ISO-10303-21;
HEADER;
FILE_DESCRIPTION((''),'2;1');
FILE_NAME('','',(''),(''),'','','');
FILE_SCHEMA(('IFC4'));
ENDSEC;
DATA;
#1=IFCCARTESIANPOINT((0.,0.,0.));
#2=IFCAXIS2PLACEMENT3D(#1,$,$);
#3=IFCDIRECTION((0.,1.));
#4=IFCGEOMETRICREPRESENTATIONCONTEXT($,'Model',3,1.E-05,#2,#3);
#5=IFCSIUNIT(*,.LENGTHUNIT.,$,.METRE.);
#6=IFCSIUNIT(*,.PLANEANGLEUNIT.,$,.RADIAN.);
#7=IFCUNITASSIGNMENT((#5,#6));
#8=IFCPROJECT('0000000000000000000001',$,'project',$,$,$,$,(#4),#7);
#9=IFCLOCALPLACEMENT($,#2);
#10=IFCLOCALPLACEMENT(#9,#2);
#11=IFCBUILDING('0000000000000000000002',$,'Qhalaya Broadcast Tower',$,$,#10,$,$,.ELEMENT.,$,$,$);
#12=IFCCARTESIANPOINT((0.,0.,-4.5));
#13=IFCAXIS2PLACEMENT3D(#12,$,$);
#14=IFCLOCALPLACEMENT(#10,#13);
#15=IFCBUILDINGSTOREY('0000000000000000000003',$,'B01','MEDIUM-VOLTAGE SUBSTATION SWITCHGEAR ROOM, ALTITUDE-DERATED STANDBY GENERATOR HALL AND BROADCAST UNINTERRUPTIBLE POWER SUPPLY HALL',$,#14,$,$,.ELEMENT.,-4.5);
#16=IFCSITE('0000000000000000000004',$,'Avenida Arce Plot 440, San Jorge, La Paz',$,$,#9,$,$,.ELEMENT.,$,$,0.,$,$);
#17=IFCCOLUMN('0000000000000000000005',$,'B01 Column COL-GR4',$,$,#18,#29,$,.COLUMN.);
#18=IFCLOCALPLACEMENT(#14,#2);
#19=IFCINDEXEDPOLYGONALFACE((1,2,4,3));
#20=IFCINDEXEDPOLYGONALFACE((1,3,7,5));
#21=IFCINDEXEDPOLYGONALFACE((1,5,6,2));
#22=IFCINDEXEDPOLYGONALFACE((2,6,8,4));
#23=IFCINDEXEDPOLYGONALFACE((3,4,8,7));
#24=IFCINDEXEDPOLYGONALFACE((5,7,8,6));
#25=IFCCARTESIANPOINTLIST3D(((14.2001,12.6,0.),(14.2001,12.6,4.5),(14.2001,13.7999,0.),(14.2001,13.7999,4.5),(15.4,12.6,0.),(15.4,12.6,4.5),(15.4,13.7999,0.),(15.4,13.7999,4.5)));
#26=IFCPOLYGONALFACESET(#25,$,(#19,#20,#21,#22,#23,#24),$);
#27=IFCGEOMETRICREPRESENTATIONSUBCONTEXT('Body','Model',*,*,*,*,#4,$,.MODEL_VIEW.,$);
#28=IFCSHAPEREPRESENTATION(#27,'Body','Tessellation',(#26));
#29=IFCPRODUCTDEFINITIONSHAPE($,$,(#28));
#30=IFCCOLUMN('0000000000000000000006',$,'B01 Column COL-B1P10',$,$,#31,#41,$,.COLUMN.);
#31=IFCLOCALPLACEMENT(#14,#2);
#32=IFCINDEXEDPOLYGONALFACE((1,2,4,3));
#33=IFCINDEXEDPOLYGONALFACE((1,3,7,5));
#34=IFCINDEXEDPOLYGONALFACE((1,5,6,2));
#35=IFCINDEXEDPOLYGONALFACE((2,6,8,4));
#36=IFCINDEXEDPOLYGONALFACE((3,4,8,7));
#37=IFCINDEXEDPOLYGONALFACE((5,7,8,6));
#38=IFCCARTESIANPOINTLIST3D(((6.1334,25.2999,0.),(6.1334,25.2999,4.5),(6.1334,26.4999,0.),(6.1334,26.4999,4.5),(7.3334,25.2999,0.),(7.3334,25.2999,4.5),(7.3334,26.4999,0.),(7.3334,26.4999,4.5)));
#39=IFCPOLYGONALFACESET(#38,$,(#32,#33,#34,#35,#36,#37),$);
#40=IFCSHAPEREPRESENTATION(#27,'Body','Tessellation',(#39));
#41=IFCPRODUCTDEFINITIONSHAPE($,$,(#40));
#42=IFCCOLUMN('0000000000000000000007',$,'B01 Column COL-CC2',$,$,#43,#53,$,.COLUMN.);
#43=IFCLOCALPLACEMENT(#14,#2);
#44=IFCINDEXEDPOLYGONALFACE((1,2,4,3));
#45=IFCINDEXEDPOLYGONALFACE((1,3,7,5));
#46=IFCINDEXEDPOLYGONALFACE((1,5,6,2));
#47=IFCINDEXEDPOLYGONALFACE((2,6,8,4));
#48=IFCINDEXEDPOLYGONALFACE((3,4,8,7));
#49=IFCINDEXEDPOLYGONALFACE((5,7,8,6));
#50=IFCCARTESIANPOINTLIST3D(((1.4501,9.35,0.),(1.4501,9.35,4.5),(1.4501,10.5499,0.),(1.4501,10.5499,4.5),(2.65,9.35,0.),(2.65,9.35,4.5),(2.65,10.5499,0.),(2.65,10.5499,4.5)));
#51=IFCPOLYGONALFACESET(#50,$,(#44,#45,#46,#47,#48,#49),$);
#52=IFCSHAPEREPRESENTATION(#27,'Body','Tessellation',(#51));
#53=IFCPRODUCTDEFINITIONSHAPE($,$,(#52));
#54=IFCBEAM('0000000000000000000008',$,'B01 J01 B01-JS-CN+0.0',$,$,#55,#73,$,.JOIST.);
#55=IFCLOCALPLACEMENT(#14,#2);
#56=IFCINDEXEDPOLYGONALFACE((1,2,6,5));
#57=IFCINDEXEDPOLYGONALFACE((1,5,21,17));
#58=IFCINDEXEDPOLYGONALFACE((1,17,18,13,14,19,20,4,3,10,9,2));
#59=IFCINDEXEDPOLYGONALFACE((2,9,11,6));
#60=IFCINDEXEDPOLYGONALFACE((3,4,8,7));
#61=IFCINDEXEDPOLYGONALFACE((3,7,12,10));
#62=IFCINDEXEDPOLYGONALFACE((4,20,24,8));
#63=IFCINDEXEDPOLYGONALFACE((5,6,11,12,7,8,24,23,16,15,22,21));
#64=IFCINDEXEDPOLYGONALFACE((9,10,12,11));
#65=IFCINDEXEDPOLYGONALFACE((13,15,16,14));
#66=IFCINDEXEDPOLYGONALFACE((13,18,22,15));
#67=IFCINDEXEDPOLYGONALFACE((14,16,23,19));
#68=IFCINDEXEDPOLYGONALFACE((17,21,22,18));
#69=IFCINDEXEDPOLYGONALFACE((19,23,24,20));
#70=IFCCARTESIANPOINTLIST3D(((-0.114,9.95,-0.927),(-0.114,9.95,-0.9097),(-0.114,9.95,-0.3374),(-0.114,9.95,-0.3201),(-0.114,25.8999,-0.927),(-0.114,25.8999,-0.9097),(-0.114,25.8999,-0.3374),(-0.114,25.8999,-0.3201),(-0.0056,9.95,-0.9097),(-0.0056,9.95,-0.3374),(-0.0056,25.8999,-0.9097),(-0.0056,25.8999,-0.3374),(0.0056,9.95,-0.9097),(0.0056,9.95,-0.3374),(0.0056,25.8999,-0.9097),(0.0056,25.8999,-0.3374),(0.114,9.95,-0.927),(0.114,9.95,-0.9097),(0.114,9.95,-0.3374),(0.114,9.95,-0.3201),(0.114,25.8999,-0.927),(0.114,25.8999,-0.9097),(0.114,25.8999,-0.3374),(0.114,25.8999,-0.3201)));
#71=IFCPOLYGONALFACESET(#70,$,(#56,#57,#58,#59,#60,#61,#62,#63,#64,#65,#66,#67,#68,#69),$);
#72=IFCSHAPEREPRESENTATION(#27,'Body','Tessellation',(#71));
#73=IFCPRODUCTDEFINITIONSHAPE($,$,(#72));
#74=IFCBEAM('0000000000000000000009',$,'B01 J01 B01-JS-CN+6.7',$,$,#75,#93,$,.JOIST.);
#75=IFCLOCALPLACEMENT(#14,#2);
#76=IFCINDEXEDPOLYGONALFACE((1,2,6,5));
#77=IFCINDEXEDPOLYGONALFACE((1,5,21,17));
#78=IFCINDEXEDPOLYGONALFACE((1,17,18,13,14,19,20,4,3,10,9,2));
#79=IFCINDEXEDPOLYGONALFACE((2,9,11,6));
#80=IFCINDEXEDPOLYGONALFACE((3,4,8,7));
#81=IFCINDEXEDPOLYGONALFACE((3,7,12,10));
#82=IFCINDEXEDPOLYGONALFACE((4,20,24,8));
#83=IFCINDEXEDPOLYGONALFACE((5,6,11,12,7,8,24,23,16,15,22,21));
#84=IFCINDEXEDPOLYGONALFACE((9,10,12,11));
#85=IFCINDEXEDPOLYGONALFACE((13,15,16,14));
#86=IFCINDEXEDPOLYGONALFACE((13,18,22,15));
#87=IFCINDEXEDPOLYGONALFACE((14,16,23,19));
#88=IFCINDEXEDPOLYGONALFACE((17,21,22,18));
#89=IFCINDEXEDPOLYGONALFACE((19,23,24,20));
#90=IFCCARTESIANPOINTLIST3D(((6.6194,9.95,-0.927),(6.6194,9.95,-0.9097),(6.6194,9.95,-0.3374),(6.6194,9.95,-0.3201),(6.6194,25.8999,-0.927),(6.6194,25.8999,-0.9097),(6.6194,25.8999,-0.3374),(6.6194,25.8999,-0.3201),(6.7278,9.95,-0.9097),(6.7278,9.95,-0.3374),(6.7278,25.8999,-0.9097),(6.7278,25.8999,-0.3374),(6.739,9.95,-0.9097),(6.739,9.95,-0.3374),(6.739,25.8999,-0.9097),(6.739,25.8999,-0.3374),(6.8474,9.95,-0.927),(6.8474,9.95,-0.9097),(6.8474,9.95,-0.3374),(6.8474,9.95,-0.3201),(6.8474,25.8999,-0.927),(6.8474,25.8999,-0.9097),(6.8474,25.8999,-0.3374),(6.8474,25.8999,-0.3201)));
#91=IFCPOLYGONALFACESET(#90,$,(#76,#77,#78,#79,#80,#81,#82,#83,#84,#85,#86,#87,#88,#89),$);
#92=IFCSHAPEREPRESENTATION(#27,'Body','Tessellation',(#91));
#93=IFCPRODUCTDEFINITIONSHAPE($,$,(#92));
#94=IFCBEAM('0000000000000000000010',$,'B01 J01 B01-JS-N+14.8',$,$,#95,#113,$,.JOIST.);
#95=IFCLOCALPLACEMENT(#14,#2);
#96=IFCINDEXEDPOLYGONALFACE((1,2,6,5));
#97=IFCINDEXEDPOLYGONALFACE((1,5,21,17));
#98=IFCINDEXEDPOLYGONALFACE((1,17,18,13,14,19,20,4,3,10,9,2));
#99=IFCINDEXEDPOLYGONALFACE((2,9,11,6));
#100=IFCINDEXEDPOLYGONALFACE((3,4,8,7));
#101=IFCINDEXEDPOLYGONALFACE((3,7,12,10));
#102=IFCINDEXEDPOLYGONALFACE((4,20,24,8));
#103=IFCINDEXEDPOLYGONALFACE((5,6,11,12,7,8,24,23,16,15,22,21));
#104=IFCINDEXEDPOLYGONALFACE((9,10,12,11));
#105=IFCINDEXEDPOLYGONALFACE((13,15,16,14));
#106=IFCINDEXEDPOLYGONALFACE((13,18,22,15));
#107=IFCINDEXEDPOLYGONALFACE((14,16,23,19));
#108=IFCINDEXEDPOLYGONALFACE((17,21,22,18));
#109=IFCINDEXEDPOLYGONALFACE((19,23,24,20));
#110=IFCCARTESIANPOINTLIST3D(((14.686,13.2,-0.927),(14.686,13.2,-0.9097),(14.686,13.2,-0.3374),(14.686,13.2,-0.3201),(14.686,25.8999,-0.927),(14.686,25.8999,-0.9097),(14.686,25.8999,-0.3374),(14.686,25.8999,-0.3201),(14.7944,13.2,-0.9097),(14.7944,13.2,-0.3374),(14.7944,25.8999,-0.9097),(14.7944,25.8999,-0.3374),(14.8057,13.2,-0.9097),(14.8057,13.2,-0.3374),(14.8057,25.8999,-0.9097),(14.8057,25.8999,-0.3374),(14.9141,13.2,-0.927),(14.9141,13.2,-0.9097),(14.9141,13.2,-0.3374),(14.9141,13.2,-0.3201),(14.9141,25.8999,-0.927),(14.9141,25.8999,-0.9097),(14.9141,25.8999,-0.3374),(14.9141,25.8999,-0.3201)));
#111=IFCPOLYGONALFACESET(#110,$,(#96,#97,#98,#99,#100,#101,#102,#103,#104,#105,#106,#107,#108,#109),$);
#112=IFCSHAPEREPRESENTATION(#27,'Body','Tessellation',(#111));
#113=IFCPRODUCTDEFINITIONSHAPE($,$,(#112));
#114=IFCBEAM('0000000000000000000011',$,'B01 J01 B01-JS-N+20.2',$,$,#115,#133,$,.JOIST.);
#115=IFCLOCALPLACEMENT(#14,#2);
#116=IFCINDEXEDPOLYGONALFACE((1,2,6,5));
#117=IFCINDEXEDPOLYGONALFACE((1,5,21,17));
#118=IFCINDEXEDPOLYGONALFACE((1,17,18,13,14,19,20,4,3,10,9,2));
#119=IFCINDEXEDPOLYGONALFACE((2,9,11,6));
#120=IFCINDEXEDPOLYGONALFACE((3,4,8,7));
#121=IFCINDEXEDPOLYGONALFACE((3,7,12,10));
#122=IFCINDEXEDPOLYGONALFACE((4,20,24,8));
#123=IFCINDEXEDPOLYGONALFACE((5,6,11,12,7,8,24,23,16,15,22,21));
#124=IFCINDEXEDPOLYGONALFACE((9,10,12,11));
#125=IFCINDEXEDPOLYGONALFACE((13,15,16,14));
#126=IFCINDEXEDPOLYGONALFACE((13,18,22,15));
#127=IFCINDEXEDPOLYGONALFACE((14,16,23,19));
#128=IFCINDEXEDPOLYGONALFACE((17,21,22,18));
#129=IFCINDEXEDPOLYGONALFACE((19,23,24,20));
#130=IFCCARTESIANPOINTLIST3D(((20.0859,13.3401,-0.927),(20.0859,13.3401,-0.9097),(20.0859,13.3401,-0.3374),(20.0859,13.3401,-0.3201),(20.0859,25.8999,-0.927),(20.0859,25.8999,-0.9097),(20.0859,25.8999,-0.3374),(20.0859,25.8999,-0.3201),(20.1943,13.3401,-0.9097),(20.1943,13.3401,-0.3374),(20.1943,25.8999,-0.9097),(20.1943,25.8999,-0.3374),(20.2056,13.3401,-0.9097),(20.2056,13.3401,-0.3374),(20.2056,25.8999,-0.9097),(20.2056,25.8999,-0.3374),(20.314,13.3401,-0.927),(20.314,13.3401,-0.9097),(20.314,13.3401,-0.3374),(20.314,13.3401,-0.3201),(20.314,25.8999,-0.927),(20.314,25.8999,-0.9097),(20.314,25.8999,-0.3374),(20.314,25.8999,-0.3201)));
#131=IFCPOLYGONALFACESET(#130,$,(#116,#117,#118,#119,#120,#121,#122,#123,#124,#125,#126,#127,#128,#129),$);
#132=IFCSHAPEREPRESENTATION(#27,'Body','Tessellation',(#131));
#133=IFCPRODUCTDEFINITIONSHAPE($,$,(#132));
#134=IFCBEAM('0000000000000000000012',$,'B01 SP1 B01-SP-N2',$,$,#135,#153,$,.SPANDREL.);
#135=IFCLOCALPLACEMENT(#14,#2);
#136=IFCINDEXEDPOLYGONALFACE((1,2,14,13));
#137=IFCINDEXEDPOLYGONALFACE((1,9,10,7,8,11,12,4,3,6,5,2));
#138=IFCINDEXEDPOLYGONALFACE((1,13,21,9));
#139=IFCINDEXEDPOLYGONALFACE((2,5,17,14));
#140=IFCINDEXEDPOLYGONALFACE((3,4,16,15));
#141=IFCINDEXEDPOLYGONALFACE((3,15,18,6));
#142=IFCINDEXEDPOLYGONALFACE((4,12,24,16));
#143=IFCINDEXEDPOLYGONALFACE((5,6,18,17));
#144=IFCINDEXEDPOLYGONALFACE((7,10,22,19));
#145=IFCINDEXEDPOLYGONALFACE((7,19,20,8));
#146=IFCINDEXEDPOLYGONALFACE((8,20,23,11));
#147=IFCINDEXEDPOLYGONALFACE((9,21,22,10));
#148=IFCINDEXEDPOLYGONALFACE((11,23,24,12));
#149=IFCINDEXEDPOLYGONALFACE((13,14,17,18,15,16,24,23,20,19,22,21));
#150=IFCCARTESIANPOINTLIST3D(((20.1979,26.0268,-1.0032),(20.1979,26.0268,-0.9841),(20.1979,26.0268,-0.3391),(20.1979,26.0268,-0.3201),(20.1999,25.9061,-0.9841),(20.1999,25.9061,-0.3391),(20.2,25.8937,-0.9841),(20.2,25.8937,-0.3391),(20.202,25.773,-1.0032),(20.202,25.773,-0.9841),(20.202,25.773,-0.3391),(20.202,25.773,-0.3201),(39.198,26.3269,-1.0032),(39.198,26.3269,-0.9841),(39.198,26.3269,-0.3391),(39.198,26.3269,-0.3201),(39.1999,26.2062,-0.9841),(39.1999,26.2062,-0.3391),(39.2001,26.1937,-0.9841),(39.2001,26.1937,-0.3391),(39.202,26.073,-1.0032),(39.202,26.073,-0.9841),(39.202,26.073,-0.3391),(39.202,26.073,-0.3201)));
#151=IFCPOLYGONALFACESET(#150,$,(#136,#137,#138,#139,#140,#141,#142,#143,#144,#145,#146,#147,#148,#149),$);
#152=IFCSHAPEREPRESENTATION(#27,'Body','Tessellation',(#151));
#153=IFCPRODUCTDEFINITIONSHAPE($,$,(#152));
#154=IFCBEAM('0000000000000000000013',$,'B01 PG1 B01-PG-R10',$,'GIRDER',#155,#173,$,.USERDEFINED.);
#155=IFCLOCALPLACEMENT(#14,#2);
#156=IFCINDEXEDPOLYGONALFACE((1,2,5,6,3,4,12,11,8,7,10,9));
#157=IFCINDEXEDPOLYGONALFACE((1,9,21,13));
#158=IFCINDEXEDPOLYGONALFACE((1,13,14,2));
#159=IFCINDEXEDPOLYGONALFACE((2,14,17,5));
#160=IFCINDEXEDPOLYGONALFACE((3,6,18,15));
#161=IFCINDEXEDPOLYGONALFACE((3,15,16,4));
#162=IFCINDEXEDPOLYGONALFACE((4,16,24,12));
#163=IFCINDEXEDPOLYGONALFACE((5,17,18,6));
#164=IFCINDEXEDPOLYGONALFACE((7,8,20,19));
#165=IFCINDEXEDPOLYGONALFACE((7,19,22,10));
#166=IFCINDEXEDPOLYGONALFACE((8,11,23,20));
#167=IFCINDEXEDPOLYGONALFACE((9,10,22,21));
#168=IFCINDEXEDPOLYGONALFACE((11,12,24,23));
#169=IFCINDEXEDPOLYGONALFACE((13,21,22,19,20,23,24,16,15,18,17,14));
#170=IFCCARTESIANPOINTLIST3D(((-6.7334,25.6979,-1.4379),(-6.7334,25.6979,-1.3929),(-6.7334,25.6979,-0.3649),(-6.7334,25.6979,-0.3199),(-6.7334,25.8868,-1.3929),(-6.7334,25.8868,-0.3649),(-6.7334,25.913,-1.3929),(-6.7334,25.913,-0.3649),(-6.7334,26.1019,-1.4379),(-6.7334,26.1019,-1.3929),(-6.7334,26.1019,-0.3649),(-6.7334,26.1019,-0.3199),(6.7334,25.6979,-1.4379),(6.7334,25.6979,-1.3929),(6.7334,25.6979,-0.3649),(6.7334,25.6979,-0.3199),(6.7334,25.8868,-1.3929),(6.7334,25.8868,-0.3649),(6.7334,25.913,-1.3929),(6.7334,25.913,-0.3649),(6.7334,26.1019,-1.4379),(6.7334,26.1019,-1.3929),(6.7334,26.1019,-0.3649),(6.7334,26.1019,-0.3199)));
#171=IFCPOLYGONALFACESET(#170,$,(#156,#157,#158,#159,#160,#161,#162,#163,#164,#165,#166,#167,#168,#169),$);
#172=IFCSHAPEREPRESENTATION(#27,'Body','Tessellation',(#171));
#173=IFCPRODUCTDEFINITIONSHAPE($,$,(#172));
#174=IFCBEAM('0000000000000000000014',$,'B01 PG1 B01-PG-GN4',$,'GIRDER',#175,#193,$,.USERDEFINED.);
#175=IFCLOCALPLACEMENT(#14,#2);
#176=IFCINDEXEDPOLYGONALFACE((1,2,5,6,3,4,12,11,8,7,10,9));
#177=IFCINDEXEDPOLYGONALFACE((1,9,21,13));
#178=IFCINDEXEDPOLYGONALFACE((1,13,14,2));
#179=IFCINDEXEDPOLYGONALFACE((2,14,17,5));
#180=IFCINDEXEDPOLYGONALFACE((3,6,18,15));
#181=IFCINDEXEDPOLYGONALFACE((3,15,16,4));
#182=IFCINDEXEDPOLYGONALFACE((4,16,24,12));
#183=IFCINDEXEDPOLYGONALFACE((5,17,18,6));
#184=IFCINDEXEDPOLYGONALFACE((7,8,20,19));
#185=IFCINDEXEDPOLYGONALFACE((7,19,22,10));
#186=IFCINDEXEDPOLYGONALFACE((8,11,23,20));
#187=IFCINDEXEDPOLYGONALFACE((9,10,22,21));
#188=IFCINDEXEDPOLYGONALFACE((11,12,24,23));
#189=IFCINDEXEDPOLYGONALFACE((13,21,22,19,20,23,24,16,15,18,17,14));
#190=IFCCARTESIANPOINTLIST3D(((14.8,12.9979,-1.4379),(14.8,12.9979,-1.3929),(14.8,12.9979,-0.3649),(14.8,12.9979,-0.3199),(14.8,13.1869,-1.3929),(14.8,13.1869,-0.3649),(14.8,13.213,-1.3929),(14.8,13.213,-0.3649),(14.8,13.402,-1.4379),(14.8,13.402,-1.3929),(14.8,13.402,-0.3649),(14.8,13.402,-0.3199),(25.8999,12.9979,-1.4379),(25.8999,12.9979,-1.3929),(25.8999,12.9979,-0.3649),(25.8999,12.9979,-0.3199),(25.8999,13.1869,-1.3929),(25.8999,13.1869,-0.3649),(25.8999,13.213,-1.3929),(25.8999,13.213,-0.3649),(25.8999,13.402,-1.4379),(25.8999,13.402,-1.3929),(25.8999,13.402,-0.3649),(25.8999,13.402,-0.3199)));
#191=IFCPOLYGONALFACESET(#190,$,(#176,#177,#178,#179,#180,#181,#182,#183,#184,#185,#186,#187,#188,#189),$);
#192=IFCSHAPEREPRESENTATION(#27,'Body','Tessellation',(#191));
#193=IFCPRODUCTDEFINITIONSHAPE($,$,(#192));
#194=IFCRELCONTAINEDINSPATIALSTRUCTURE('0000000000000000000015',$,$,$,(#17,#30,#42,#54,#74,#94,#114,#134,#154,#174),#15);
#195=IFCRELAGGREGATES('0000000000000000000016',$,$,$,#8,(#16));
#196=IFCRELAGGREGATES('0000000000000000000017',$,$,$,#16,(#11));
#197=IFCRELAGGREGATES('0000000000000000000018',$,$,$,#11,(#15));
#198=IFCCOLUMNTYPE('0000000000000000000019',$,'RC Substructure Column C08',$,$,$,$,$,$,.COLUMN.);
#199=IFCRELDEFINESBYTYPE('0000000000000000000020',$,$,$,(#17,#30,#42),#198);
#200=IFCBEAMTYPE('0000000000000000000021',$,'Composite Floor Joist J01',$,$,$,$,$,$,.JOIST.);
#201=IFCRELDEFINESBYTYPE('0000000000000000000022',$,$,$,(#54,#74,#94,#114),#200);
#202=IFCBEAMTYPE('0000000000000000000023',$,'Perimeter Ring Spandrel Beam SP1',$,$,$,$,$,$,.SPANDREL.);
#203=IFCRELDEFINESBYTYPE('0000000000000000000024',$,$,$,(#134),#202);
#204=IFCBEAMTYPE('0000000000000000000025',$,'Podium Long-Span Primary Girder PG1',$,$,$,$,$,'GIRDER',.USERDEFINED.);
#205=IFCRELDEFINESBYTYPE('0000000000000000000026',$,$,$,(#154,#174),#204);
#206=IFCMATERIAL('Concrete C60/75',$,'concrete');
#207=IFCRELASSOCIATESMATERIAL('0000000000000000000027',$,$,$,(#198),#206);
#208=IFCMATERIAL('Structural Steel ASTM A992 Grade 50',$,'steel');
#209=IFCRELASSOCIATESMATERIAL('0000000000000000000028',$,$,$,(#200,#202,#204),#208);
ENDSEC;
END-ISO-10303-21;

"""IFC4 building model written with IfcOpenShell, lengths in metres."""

from ifc_helpers import new_model, si_unit, direction, frame, origin, origin_2d, place, context, subcontext, project, spatial, rectangle, i_section, extrude, material, material_profile, profile_set, type_object, element, save


model = new_model("IFC4")

# Units and contexts
model_context = context("Model", 3, precision=1e-05, world=origin(), true_north=direction((0.0, 1.0)))
body_context = subcontext(model_context, "Body", "Model", "MODEL_VIEW")
ifc_project = project(units=[si_unit("LENGTHUNIT", "METRE"), si_unit("PLANEANGLEUNIT", "RADIAN")], contexts=[model_context])

# Site, building, storey
site_placement = place(None, origin())
site = spatial("IfcSite", under=ifc_project, at=site_placement, Name="Avenida Arce Plot 440, San Jorge, La Paz", CompositionType="ELEMENT", RefElevation=0.0)
building_placement = place(site_placement, origin())
building = spatial("IfcBuilding", under=site, at=building_placement, Name="Qhalaya Broadcast Tower", CompositionType="ELEMENT")
storey_placement = place(building_placement, frame((0.0, 0.0, -4.5)))
storey = spatial("IfcBuildingStorey", under=building, at=storey_placement, Name="B01", Description="MEDIUM-VOLTAGE SUBSTATION SWITCHGEAR ROOM, ALTITUDE-DERATED STANDBY GENERATOR HALL AND BROADCAST UNINTERRUPTIBLE POWER SUPPLY HALL", CompositionType="ELEMENT", Elevation=-4.5)

# Columns
ifc_material_1 = material(Name="Concrete C60/75", Category="concrete")
ifc_material_profile_1 = material_profile(ifc_material_1, rectangle(XDim=1.2, YDim=1.2, at=origin_2d()), Name="RC-COL 1200x1200")
ifc_profile_set_1 = profile_set([ifc_material_profile_1], Name="Concrete C60/75")
column_type = type_object("IfcColumnType", Name="RC Substructure Column C08", PredefinedType="COLUMN", material=ifc_profile_set_1)
for number, where, z_axis, x_axis, name in (
    (1, (14.8, 13.2, 0.0), (0.0, 0.0, 1.0), (1.0, 0.0, 0.0), "B01 Column COL-GR4"),
    (2, (6.7334, 25.8999, 0.0), (0.0, 0.0, 1.0), (1.0, 0.0, 0.0), "B01 Column COL-B1P10"),
    (3, (2.05, 9.95, 0.0), (0.0, 0.0, 1.0), (1.0, 0.0, 0.0), "B01 Column COL-CC2"),
):
    element("IfcColumn", number, at=place(storey_placement, frame(where, z_axis=z_axis, x_axis=x_axis)), inside=storey, type_object=column_type, Name=name, PredefinedType="COLUMN", context=body_context, shape_type="SweptSolid", body=[
        extrude(rectangle(XDim=1.2, YDim=1.2, at=origin_2d()), origin(), (0.0, 0.0, 1.0), 4.5),
    ])

# Beams
ifc_material_2 = material(Name="Structural Steel ASTM A992 Grade 50", Category="steel")
ifc_material_profile_2 = material_profile(ifc_material_2, i_section(OverallWidth=0.228, OverallDepth=0.6069, WebThickness=0.0112, FlangeThickness=0.0173, at=origin_2d()), Name="W24X76")
ifc_profile_set_2 = profile_set([ifc_material_profile_2], Name="Structural Steel ASTM A992 Grade 50")
beam_type_1 = type_object("IfcBeamType", Name="Composite Floor Joist J01", PredefinedType="JOIST", material=ifc_profile_set_2)
for number, where, z_axis, x_axis, name in (
    (4, (0.0, 9.95, -0.6235), (0.0, 1.0, 0.0), (-1.0, 0.0, 0.0), "B01 J01 B01-JS-CN+0.0"),
    (5, (6.7334, 9.95, -0.6235), (0.0, 1.0, 0.0), (-1.0, 0.0, 0.0), "B01 J01 B01-JS-CN+6.7"),
):
    element("IfcBeam", number, at=place(storey_placement, frame(where, z_axis=z_axis, x_axis=x_axis)), inside=storey, type_object=beam_type_1, Name=name, PredefinedType="JOIST", context=body_context, shape_type="SweptSolid", body=[
        extrude(i_section(OverallWidth=0.228, OverallDepth=0.6069, WebThickness=0.0112, FlangeThickness=0.0173, at=origin_2d()), origin(), (0.0, 0.0, 1.0), 15.95),
    ])
beam_1_placement = place(storey_placement, frame((14.8, 13.2, -0.6235), z_axis=(0.0, 1.0, 0.0), x_axis=(-1.0, 0.0, 0.0)))
element("IfcBeam", 6, at=beam_1_placement, inside=storey, type_object=beam_type_1, Name="B01 J01 B01-JS-N+14.8", PredefinedType="JOIST", context=body_context, shape_type="SweptSolid", body=[
    extrude(i_section(OverallWidth=0.228, OverallDepth=0.6069, WebThickness=0.0112, FlangeThickness=0.0173, at=origin_2d()), origin(), (0.0, 0.0, 1.0), 12.7),
])
beam_2_placement = place(storey_placement, frame((20.2, 13.3401, -0.6235), z_axis=(0.0, 1.0, 0.0), x_axis=(-1.0, 0.0, 0.0)))
element("IfcBeam", 7, at=beam_2_placement, inside=storey, type_object=beam_type_1, Name="B01 J01 B01-JS-N+20.2", PredefinedType="JOIST", context=body_context, shape_type="SweptSolid", body=[
    extrude(i_section(OverallWidth=0.228, OverallDepth=0.6069, WebThickness=0.0112, FlangeThickness=0.0173, at=origin_2d()), origin(), (0.0, 0.0, 1.0), 12.5598),
])
ifc_material_profile_3 = material_profile(ifc_material_2, i_section(OverallWidth=0.2539, OverallDepth=0.6831, WebThickness=0.0125, FlangeThickness=0.019, at=origin_2d()), Name="W27X94")
ifc_profile_set_3 = profile_set([ifc_material_profile_3], Name="Structural Steel ASTM A992 Grade 50")
beam_type_2 = type_object("IfcBeamType", Name="Perimeter Ring Spandrel Beam SP1", PredefinedType="SPANDREL", material=ifc_profile_set_3)
beam_3_placement = place(storey_placement, frame((20.2, 25.8999, -0.6616), z_axis=(0.999875, 0.01579, 0.0), x_axis=(-0.01579, 0.999875, 0.0)))
element("IfcBeam", 8, at=beam_3_placement, inside=storey, type_object=beam_type_2, Name="B01 SP1 B01-SP-N2", PredefinedType="SPANDREL", context=body_context, shape_type="SweptSolid", body=[
    extrude(i_section(OverallWidth=0.2539, OverallDepth=0.6831, WebThickness=0.0125, FlangeThickness=0.019, at=origin_2d()), origin(), (0.0, 0.0, 1.0), 19.0024),
])
ifc_material_profile_4 = material_profile(ifc_material_2, i_section(OverallWidth=0.4041, OverallDepth=1.1179, WebThickness=0.0261, FlangeThickness=0.0449, at=origin_2d()), Name="W44X335")
ifc_profile_set_4 = profile_set([ifc_material_profile_4], Name="Structural Steel ASTM A992 Grade 50")
beam_type_3 = type_object("IfcBeamType", Name="Podium Long-Span Primary Girder PG1", ElementType="GIRDER", PredefinedType="USERDEFINED", material=ifc_profile_set_4)
beam_4_placement = place(storey_placement, frame((6.7334, 25.8999, -0.8789), z_axis=(-1.0, 0.0, 0.0), x_axis=(0.0, -1.0, 0.0)))
element("IfcBeam", 9, at=beam_4_placement, inside=storey, type_object=beam_type_3, Name="B01 PG1 B01-PG-R10", ObjectType="GIRDER", PredefinedType="USERDEFINED", context=body_context, shape_type="SweptSolid", body=[
    extrude(i_section(OverallWidth=0.4041, OverallDepth=1.1179, WebThickness=0.0261, FlangeThickness=0.0449, at=origin_2d()), origin(), (0.0, 0.0, 1.0), 13.4668),
])
beam_5_placement = place(storey_placement, frame((14.8, 13.2, -0.8789), z_axis=(1.0, 0.0, 0.0), x_axis=(0.0, 1.0, 0.0)))
element("IfcBeam", 10, at=beam_5_placement, inside=storey, type_object=beam_type_3, Name="B01 PG1 B01-PG-GN4", ObjectType="GIRDER", PredefinedType="USERDEFINED", context=body_context, shape_type="SweptSolid", body=[
    extrude(i_section(OverallWidth=0.4041, OverallDepth=1.1179, WebThickness=0.0261, FlangeThickness=0.0449, at=origin_2d()), origin(), (0.0, 0.0, 1.0), 11.0999),
])

save(model, "model.ifc")
